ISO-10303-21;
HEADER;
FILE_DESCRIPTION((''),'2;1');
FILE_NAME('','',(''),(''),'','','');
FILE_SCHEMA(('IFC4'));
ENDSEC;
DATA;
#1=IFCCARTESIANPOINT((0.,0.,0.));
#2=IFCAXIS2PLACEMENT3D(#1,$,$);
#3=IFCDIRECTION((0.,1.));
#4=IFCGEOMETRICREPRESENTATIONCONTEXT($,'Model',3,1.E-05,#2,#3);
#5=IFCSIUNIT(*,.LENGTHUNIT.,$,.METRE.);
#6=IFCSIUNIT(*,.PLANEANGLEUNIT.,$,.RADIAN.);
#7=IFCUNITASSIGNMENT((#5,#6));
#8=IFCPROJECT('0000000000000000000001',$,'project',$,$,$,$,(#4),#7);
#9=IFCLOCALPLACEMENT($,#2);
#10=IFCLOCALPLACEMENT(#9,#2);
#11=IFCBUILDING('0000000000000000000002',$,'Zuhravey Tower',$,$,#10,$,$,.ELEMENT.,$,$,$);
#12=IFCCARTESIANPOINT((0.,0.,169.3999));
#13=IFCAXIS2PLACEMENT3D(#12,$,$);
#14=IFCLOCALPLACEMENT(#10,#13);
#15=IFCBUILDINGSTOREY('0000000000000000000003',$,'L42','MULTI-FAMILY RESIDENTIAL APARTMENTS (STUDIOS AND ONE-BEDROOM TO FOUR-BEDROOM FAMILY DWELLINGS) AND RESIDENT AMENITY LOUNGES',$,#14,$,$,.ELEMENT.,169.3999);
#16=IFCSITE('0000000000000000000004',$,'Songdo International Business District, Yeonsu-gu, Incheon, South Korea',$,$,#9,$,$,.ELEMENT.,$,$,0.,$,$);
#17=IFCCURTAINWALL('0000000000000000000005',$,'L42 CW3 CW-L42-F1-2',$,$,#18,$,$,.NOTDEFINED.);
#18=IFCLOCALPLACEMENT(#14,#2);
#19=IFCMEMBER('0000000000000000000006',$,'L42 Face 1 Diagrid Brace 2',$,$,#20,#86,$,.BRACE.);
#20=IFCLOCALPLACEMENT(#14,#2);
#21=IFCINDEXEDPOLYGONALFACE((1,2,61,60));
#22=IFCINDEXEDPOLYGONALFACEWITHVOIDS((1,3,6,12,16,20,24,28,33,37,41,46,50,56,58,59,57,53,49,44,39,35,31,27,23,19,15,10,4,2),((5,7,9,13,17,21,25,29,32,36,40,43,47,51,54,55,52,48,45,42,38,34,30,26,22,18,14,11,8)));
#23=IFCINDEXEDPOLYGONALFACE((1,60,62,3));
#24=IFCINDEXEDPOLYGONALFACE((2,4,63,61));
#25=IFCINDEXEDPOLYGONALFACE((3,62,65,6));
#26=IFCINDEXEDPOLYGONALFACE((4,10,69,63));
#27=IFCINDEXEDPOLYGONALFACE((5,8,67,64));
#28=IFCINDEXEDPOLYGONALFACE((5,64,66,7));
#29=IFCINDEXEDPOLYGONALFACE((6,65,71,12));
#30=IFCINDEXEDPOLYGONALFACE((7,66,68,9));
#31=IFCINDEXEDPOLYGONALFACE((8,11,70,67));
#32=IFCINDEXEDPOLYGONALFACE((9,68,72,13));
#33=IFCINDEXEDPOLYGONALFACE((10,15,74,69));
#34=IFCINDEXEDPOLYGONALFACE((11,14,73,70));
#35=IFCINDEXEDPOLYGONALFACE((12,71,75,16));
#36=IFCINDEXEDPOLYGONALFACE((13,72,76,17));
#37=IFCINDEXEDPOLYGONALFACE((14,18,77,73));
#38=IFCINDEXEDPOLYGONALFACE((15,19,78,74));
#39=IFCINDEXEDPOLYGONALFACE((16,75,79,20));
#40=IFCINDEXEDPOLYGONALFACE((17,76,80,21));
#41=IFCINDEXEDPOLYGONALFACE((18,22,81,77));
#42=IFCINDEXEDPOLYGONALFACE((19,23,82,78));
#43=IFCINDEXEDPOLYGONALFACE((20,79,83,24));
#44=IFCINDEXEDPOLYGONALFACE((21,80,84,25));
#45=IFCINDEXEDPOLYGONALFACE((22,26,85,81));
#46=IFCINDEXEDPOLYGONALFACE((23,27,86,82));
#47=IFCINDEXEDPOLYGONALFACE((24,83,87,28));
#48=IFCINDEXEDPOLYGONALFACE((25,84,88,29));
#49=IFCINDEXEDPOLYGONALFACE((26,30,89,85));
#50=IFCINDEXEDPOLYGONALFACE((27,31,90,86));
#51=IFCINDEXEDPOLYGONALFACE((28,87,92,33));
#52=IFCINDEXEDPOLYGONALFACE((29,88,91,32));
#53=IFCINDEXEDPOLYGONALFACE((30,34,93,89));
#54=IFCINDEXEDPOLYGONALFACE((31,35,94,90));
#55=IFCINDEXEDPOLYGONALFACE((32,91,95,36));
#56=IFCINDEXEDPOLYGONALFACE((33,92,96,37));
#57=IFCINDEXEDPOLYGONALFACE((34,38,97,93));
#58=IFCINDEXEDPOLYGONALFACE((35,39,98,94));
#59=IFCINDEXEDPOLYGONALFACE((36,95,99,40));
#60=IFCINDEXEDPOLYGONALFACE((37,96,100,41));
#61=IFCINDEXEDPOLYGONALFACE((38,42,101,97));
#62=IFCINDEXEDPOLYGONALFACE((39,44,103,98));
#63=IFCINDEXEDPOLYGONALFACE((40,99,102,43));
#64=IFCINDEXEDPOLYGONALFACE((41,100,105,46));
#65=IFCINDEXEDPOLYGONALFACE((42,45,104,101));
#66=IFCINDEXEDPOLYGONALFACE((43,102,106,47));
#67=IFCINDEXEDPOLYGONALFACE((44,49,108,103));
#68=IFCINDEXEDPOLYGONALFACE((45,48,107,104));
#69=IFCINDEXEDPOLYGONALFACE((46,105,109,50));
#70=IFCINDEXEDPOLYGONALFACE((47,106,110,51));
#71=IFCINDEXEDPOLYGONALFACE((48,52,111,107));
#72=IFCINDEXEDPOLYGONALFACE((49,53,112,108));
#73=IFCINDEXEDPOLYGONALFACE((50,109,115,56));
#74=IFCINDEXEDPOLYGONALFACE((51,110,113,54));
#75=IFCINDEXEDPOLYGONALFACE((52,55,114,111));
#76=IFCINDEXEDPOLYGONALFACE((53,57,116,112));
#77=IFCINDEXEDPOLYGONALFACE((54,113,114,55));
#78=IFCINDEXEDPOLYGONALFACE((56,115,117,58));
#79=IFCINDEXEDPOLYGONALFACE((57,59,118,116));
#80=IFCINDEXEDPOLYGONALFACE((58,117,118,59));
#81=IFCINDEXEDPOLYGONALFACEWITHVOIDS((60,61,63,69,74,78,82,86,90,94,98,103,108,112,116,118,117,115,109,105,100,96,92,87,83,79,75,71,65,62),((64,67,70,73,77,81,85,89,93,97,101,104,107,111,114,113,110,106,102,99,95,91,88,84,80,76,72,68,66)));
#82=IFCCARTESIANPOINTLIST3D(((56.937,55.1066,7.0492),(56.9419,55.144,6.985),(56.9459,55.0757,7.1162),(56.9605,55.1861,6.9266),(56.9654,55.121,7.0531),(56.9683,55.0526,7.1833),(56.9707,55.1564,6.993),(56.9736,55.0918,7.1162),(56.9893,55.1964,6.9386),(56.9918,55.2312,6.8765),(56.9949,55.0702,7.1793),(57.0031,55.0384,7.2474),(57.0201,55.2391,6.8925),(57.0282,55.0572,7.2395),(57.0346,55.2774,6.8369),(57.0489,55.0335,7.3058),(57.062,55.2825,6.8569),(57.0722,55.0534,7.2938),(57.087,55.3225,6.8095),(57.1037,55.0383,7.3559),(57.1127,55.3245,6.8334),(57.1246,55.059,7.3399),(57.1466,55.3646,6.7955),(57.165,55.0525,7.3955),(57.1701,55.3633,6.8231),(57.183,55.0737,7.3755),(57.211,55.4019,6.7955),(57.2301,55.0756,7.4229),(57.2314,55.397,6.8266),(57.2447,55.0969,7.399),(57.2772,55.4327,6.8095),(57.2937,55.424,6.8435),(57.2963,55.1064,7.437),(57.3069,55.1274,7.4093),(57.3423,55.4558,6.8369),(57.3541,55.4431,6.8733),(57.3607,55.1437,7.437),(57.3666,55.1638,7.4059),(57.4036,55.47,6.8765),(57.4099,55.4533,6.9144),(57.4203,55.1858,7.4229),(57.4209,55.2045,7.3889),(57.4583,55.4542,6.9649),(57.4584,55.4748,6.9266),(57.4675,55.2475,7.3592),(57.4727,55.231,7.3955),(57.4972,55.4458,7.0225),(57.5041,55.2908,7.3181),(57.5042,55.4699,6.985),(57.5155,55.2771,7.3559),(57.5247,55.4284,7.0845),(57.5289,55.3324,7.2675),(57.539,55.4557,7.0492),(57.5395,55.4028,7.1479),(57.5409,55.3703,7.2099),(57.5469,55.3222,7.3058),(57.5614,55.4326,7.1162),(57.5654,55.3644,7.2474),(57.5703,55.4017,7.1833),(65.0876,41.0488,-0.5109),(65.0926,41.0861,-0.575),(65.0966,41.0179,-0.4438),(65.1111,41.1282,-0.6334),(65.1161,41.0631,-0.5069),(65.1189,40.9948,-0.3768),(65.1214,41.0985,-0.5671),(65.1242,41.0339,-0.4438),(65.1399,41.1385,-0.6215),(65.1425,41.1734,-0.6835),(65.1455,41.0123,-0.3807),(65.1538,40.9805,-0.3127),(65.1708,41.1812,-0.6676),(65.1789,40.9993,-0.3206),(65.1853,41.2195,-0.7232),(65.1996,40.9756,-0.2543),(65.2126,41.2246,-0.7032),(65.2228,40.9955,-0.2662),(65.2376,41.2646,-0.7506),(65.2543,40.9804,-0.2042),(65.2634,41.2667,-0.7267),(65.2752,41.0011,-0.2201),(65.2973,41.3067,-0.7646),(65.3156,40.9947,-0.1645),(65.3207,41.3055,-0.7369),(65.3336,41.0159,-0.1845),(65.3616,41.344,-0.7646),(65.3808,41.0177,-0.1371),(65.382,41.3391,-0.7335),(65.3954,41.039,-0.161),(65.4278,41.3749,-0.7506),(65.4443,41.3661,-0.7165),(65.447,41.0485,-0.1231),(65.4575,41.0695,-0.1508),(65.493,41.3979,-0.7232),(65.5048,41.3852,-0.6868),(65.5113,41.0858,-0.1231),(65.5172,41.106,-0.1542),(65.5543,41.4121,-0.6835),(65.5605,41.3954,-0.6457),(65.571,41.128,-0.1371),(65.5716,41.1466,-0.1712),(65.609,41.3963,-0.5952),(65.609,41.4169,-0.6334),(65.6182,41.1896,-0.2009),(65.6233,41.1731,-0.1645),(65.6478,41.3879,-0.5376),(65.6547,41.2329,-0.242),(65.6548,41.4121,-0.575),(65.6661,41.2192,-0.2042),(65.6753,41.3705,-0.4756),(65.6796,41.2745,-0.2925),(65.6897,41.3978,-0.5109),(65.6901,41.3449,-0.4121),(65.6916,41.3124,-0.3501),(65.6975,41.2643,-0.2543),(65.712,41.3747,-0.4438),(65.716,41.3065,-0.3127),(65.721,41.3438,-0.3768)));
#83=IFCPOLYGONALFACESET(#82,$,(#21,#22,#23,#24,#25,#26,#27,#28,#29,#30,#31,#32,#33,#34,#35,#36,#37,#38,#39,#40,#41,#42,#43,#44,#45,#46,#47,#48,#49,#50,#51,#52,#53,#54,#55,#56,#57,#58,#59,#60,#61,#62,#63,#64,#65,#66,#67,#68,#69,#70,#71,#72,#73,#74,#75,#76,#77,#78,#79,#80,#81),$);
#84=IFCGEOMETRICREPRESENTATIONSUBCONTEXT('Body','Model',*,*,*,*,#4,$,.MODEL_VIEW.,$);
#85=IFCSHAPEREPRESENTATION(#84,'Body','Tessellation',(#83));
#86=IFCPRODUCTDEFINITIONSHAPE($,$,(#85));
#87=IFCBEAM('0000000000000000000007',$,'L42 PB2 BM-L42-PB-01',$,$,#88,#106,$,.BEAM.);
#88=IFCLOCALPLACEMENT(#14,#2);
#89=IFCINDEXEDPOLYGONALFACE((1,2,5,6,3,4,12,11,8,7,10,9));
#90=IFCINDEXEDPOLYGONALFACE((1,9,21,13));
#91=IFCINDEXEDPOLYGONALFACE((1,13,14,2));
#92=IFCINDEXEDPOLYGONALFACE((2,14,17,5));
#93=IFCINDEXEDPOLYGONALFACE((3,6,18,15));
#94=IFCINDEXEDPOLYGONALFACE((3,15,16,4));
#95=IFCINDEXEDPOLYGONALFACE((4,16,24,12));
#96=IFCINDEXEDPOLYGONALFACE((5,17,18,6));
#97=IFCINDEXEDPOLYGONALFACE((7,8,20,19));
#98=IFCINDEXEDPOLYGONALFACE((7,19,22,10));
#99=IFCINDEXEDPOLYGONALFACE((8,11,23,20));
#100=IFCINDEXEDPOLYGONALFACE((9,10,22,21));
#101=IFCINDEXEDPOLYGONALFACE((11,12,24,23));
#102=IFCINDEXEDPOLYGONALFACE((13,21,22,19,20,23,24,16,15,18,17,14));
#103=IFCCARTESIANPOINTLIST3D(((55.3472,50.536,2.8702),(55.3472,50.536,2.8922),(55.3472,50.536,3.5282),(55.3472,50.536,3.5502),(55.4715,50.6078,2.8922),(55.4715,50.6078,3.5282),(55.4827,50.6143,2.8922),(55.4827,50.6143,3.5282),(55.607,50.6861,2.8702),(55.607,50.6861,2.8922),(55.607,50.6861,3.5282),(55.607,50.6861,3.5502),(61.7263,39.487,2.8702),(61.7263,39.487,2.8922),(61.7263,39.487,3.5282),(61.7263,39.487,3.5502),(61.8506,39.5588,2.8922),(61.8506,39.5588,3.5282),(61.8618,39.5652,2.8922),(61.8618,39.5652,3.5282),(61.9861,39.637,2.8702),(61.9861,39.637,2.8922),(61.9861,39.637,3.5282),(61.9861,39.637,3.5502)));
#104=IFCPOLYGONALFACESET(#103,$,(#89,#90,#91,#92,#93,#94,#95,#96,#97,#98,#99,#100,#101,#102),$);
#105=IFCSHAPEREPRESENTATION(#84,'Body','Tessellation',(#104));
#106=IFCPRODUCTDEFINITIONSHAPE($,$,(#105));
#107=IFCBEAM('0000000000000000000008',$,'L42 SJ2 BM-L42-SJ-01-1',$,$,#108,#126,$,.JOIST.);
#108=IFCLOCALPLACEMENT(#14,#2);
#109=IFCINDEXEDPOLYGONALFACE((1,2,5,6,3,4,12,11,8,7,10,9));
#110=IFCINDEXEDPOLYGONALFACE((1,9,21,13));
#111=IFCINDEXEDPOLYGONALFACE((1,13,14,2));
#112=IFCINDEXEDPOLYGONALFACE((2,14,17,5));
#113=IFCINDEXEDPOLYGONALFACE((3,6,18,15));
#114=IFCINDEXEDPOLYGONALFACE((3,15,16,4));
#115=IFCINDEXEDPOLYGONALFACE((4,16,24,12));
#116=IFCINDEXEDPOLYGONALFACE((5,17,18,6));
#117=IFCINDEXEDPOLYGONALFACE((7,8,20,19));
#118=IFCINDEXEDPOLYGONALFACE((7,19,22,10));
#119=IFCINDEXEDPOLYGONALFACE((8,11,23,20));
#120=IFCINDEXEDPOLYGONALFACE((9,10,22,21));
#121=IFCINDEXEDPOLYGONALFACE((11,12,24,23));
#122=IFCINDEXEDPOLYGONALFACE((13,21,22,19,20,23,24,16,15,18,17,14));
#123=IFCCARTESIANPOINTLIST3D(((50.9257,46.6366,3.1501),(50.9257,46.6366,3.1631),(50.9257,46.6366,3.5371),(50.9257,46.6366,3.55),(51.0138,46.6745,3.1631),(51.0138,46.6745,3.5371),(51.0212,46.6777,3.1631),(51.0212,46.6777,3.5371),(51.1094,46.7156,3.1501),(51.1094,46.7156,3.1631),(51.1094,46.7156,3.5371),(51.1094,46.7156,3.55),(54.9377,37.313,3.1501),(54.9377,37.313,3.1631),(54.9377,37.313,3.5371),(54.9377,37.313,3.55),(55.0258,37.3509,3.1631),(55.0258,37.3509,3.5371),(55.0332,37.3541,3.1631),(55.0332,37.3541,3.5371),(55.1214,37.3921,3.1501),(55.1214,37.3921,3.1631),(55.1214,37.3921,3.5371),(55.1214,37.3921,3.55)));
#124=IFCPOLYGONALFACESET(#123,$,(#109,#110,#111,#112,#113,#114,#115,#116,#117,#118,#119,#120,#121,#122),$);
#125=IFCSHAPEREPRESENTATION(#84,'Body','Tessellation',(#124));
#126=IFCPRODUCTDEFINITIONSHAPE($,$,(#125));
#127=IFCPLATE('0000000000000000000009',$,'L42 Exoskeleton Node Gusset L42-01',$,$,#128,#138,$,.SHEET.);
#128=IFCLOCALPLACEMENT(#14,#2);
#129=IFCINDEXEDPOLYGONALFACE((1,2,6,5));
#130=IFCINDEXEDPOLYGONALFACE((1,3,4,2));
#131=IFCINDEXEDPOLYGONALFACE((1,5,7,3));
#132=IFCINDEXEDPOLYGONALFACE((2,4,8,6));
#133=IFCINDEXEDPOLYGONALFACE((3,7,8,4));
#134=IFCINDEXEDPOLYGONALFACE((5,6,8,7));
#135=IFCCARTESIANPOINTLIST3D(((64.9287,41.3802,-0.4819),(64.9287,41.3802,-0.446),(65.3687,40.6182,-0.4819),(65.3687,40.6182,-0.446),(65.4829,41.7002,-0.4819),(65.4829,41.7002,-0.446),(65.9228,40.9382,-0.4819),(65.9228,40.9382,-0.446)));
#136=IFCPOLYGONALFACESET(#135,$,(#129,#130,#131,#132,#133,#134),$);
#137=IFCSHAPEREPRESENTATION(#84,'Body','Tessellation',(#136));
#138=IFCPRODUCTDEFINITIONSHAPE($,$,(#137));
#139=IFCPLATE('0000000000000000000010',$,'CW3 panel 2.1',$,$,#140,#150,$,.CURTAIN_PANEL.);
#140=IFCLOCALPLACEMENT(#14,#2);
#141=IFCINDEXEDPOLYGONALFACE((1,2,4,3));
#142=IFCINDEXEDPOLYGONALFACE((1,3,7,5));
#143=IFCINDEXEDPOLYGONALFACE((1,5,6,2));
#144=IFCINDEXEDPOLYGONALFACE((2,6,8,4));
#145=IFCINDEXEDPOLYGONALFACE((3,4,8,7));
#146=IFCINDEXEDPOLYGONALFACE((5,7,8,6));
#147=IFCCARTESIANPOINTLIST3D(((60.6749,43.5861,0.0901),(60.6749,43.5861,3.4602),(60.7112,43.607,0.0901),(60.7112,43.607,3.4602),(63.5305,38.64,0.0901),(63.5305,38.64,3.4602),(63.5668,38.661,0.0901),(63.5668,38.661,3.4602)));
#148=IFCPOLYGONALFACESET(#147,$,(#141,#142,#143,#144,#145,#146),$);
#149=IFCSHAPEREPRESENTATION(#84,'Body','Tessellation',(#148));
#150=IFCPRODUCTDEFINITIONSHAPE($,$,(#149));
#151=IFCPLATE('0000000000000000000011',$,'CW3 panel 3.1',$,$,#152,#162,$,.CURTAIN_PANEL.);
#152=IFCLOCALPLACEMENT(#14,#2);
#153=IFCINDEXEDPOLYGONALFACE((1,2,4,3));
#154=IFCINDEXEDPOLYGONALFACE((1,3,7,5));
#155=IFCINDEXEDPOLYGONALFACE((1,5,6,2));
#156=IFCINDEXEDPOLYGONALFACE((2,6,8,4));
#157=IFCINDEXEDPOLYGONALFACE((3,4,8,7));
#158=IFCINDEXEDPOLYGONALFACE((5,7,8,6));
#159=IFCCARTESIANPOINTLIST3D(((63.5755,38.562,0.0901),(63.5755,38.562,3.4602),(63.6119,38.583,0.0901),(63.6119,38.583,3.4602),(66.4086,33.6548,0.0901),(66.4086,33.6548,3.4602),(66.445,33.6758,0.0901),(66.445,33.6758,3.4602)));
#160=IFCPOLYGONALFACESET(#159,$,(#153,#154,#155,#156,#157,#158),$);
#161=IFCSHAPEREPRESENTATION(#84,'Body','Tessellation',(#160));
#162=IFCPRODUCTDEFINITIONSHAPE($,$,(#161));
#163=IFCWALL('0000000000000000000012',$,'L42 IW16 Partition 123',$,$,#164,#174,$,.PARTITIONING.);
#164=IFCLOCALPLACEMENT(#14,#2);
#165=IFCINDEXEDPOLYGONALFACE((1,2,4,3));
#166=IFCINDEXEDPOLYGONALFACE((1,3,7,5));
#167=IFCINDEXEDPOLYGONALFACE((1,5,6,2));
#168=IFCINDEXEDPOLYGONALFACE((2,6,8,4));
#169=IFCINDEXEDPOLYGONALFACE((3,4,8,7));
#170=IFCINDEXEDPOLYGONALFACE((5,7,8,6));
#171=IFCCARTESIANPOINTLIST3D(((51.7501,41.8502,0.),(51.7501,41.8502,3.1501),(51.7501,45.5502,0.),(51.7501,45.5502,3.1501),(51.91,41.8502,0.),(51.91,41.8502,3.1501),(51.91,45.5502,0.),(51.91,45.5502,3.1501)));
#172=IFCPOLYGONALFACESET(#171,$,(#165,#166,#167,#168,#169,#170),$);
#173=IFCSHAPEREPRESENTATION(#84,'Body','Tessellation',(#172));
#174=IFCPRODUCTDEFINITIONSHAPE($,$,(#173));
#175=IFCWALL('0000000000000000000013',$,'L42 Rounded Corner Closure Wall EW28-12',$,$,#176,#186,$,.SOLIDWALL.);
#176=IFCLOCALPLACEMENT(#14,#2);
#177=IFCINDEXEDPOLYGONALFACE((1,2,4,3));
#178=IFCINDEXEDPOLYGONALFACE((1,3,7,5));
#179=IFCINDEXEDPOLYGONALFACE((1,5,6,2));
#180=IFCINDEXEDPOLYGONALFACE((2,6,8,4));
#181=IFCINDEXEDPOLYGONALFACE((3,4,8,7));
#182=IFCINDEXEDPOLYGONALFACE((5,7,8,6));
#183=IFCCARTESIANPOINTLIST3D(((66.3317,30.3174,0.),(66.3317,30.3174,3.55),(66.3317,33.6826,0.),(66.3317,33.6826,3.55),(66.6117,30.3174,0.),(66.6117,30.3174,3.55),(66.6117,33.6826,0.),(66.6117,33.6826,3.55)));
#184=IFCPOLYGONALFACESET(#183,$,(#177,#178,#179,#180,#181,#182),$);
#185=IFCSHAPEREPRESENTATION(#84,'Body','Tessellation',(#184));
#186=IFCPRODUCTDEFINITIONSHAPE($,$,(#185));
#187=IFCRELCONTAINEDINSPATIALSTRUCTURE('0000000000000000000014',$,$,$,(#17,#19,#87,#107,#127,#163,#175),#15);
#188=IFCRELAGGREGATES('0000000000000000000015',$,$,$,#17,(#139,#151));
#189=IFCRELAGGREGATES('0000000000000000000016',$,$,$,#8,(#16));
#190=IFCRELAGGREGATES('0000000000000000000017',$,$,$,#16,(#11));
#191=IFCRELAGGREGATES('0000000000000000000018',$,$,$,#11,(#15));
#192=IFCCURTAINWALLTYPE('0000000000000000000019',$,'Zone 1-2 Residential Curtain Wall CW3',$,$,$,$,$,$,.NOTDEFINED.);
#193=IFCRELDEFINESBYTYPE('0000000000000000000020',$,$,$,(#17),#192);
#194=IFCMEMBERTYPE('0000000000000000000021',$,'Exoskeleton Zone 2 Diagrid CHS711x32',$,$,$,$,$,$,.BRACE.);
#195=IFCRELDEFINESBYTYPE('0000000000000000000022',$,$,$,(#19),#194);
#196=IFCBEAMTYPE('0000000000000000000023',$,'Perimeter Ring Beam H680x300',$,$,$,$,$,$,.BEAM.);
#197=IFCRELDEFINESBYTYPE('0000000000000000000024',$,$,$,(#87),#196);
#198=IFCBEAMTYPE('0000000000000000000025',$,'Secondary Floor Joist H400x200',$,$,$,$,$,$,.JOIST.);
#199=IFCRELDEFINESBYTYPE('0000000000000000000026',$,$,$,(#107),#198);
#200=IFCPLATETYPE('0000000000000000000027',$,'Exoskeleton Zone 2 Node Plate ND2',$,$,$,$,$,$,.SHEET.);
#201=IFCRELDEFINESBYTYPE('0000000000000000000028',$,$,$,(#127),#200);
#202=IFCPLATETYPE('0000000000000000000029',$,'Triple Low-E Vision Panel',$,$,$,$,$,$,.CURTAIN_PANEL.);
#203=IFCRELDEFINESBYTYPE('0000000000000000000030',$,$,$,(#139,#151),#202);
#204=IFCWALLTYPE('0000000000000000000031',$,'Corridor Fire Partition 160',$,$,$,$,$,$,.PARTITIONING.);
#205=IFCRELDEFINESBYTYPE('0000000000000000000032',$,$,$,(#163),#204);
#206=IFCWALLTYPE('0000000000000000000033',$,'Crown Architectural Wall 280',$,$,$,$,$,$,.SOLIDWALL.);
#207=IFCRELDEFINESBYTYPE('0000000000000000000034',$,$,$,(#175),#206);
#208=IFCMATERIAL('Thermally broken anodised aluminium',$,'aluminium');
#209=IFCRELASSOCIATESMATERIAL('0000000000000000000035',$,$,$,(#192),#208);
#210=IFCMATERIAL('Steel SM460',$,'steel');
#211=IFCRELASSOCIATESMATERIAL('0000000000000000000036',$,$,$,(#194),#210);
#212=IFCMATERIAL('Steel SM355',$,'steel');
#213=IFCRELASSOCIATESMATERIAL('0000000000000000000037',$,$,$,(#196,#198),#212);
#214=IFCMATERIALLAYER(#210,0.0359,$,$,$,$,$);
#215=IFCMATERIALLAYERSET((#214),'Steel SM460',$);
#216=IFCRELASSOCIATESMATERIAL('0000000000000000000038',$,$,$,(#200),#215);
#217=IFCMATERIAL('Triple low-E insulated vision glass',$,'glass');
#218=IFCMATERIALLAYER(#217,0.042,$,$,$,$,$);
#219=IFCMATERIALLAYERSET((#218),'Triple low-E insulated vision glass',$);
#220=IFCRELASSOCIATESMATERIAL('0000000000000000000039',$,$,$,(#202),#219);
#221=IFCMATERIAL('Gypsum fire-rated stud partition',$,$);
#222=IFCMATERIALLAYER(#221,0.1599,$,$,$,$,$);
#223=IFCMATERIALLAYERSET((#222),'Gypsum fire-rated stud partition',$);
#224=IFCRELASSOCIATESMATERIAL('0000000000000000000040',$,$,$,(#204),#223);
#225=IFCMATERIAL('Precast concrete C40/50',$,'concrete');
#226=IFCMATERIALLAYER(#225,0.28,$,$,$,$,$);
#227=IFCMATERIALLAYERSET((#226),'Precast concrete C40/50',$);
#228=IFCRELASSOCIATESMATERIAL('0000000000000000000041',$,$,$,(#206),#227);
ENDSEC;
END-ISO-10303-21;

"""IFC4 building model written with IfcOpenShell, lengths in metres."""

from ifc_helpers import new_model, si_unit, direction, frame, frame_2d, origin, origin_2d, place, context, subcontext, project, spatial, rectangle, hollow_circle, i_section, extrude, material, layer, layer_set, material_profile, profile_set, type_object, element, aggregate, save


model = new_model("IFC4")

# Units and contexts
model_context = context("Model", 3, precision=1e-05, world=origin(), true_north=direction((0.0, 1.0)))
body_context = subcontext(model_context, "Body", "Model", "MODEL_VIEW")
ifc_project = project(units=[si_unit("LENGTHUNIT", "METRE"), si_unit("PLANEANGLEUNIT", "RADIAN")], contexts=[model_context])

# Site, building, storey
site_placement = place(None, origin())
site = spatial("IfcSite", under=ifc_project, at=site_placement, Name="Songdo International Business District, Yeonsu-gu, Incheon, South Korea", CompositionType="ELEMENT", RefElevation=0.0)
building_placement = place(site_placement, origin())
building = spatial("IfcBuilding", under=site, at=building_placement, Name="Zuhravey Tower", CompositionType="ELEMENT")
storey_placement = place(building_placement, frame((0.0, 0.0, 169.3999)))
storey = spatial("IfcBuildingStorey", under=building, at=storey_placement, Name="L42", Description="MULTI-FAMILY RESIDENTIAL APARTMENTS (STUDIOS AND ONE-BEDROOM TO FOUR-BEDROOM FAMILY DWELLINGS) AND RESIDENT AMENITY LOUNGES", CompositionType="ELEMENT", Elevation=169.3999)

# Curtain wall
ifc_material_1 = material(Name="Thermally broken anodised aluminium", Category="aluminium")
curtain_wall_type = type_object("IfcCurtainWallType", Name="Zone 1-2 Residential Curtain Wall CW3", PredefinedType="NOTDEFINED", material=ifc_material_1)
curtain_wall_placement = place(storey_placement, origin())
curtain_wall = element("IfcCurtainWall", 1, at=curtain_wall_placement, inside=storey, type_object=curtain_wall_type, Name="L42 CW3 CW-L42-F1-2", PredefinedType="NOTDEFINED")

# Member
ifc_material_2 = material(Name="Steel SM355", Category="steel")
ifc_material_3 = material(Name="Steel SM460", Category="steel")
ifc_material_profile_1 = material_profile(ifc_material_3, hollow_circle(Radius=0.3557, WallThickness=0.032, at=origin_2d()), Name="CHS-711.2x32")
ifc_profile_set_1 = profile_set([ifc_material_profile_1], Name="Steel SM460")
member_type_1 = type_object("IfcMemberType", Name="Exoskeleton Zone 2 Diagrid CHS711x32", PredefinedType="BRACE", material=ifc_profile_set_1)
member_1_placement = place(storey_placement, frame((65.4043, 41.1963, -0.4438), z_axis=(-0.454775, 0.784376, 0.421823), x_axis=(-0.865109, -0.501583, 0.0)))
element("IfcMember", 2, at=member_1_placement, inside=storey, type_object=member_type_1, Name="L42 Face 1 Diagrid Brace 2", PredefinedType="BRACE", context=body_context, shape_type="SweptSolid", body=[
    extrude(hollow_circle(Radius=0.3557, WallThickness=0.032, at=origin_2d()), origin(), (0.0, 0.0, 1.0), 17.9224),
])

# Beams
ifc_material_profile_2 = material_profile(ifc_material_2, i_section(OverallWidth=0.3, OverallDepth=0.6799, WebThickness=0.0129, FlangeThickness=0.022, at=origin_2d()), Name="H-680x300x13x22")
ifc_profile_set_2 = profile_set([ifc_material_profile_2], Name="Steel SM355")
beam_type_1 = type_object("IfcBeamType", Name="Perimeter Ring Beam H680x300", PredefinedType="BEAM", material=ifc_profile_set_2)
beam_1_placement = place(storey_placement, frame((61.8562, 39.562, 3.2102), z_axis=(-0.499998, 0.866027, 0.0), x_axis=(-0.866027, -0.499998, 0.0)))
element("IfcBeam", 3, at=beam_1_placement, inside=storey, type_object=beam_type_1, Name="L42 PB2 BM-L42-PB-01", PredefinedType="BEAM", context=body_context, shape_type="SweptSolid", body=[
    extrude(i_section(OverallWidth=0.3, OverallDepth=0.6799, WebThickness=0.0129, FlangeThickness=0.022, at=origin_2d()), origin(), (0.0, 0.0, 1.0), 12.7583),
])
ifc_material_profile_3 = material_profile(ifc_material_2, i_section(OverallWidth=0.2, OverallDepth=0.3999, WebThickness=0.0081, FlangeThickness=0.0129, at=origin_2d()), Name="H-400x200x8x13")
ifc_profile_set_3 = profile_set([ifc_material_profile_3], Name="Steel SM355")
beam_type_2 = type_object("IfcBeamType", Name="Secondary Floor Joist H400x200", PredefinedType="JOIST", material=ifc_profile_set_3)
beam_2_placement = place(storey_placement, frame((55.0295, 37.3525, 3.3501), z_axis=(-0.395266, 0.918567, 0.0), x_axis=(-0.918567, -0.395266, 0.0)))
element("IfcBeam", 4, at=beam_2_placement, inside=storey, type_object=beam_type_2, Name="L42 SJ2 BM-L42-SJ-01-1", PredefinedType="JOIST", context=body_context, shape_type="SweptSolid", body=[
    extrude(i_section(OverallWidth=0.2, OverallDepth=0.3999, WebThickness=0.0081, FlangeThickness=0.0129, at=origin_2d()), origin(), (0.0, 0.0, 1.0), 10.1501),
])

# Plates
ifc_layer_1 = layer(ifc_material_3, 0.0359)
ifc_layer_set_1 = layer_set([ifc_layer_1], Name="Steel SM460")
plate_type_1 = type_object("IfcPlateType", Name="Exoskeleton Zone 2 Node Plate ND2", PredefinedType="SHEET", material=ifc_layer_set_1)
plate_1_placement = place(storey_placement, frame((65.4258, 41.1592, -0.4819), z_axis=(0.0, 0.0, 1.0), x_axis=(-0.5, 0.866025, 0.0)))
element("IfcPlate", 5, at=plate_1_placement, inside=storey, type_object=plate_type_1, Name="L42 Exoskeleton Node Gusset L42-01", PredefinedType="SHEET", context=body_context, shape_type="SweptSolid", body=[
    extrude(rectangle(XDim=0.8799, YDim=0.6399, at=origin_2d()), origin(), (0.0, 0.0, 1.0), 0.0359),
])
ifc_material_4 = material(Name="Triple low-E insulated vision glass", Category="glass")
ifc_layer_2 = layer(ifc_material_4, 0.042)
ifc_layer_set_2 = layer_set([ifc_layer_2], Name="Triple low-E insulated vision glass")
plate_type_2 = type_object("IfcPlateType", Name="Triple Low-E Vision Panel", PredefinedType="CURTAIN_PANEL", material=ifc_layer_set_2)
plate_2_placement = place(storey_placement, frame((62.1208, 41.1235, 0.0901), z_axis=(0.0, 0.0, 1.0), x_axis=(0.499999, -0.866026, 0.0)))
plate_2 = element("IfcPlate", 6, at=plate_2_placement, type_object=plate_type_2, Name="CW3 panel 2.1", PredefinedType="CURTAIN_PANEL", context=body_context, shape_type="SweptSolid", body=[
    extrude(rectangle(XDim=5.7112, YDim=0.042, at=origin_2d()), origin(), (0.0, 0.0, 1.0), 3.3701),
])
plate_3_placement = place(storey_placement, frame((65.0103, 36.1189, 0.0901), z_axis=(0.0, 0.0, 1.0), x_axis=(0.499999, -0.866026, 0.0)))
plate_3 = element("IfcPlate", 7, at=plate_3_placement, type_object=plate_type_2, Name="CW3 panel 3.1", PredefinedType="CURTAIN_PANEL", context=body_context, shape_type="SweptSolid", body=[
    extrude(rectangle(XDim=5.6663, YDim=0.042, at=origin_2d()), origin(), (0.0, 0.0, 1.0), 3.3701),
])
aggregate(curtain_wall, [plate_2, plate_3])

# Walls
ifc_material_5 = material(Name="Gypsum fire-rated stud partition")
ifc_layer_3 = layer(ifc_material_5, 0.1599)
ifc_layer_set_3 = layer_set([ifc_layer_3], Name="Gypsum fire-rated stud partition")
wall_type_1 = type_object("IfcWallType", Name="Corridor Fire Partition 160", PredefinedType="PARTITIONING", material=ifc_layer_set_3)
wall_1_placement = place(storey_placement, frame((51.8301, 41.8501, 0.0), z_axis=(0.0, 0.0, 1.0), x_axis=(0.0, 1.0, 0.0)))
element("IfcWall", 8, at=wall_1_placement, inside=storey, type_object=wall_type_1, Name="L42 IW16 Partition 123", PredefinedType="PARTITIONING", context=body_context, shape_type="SweptSolid", body=[
    extrude(rectangle(XDim=3.7, YDim=0.1599, at=frame_2d((1.8501, 0.0))), origin(), (0.0, 0.0, 1.0), 3.1501),
])
ifc_material_6 = material(Name="Precast concrete C40/50", Category="concrete")
ifc_layer_4 = layer(ifc_material_6, 0.28)
ifc_layer_set_4 = layer_set([ifc_layer_4], Name="Precast concrete C40/50")
wall_type_2 = type_object("IfcWallType", Name="Crown Architectural Wall 280", PredefinedType="SOLIDWALL", material=ifc_layer_set_4)
wall_2_placement = place(storey_placement, frame((66.4717, 33.6826, 0.0), z_axis=(0.0, 0.0, 1.0), x_axis=(0.0, -1.0, 0.0)))
element("IfcWall", 9, at=wall_2_placement, inside=storey, type_object=wall_type_2, Name="L42 Rounded Corner Closure Wall EW28-12", PredefinedType="SOLIDWALL", context=body_context, shape_type="SweptSolid", body=[
    extrude(rectangle(XDim=3.3652, YDim=0.28, at=frame_2d((1.6826, 0.0))), origin(), (0.0, 0.0, 1.0), 3.55),
])

save(model, "model.ifc")
